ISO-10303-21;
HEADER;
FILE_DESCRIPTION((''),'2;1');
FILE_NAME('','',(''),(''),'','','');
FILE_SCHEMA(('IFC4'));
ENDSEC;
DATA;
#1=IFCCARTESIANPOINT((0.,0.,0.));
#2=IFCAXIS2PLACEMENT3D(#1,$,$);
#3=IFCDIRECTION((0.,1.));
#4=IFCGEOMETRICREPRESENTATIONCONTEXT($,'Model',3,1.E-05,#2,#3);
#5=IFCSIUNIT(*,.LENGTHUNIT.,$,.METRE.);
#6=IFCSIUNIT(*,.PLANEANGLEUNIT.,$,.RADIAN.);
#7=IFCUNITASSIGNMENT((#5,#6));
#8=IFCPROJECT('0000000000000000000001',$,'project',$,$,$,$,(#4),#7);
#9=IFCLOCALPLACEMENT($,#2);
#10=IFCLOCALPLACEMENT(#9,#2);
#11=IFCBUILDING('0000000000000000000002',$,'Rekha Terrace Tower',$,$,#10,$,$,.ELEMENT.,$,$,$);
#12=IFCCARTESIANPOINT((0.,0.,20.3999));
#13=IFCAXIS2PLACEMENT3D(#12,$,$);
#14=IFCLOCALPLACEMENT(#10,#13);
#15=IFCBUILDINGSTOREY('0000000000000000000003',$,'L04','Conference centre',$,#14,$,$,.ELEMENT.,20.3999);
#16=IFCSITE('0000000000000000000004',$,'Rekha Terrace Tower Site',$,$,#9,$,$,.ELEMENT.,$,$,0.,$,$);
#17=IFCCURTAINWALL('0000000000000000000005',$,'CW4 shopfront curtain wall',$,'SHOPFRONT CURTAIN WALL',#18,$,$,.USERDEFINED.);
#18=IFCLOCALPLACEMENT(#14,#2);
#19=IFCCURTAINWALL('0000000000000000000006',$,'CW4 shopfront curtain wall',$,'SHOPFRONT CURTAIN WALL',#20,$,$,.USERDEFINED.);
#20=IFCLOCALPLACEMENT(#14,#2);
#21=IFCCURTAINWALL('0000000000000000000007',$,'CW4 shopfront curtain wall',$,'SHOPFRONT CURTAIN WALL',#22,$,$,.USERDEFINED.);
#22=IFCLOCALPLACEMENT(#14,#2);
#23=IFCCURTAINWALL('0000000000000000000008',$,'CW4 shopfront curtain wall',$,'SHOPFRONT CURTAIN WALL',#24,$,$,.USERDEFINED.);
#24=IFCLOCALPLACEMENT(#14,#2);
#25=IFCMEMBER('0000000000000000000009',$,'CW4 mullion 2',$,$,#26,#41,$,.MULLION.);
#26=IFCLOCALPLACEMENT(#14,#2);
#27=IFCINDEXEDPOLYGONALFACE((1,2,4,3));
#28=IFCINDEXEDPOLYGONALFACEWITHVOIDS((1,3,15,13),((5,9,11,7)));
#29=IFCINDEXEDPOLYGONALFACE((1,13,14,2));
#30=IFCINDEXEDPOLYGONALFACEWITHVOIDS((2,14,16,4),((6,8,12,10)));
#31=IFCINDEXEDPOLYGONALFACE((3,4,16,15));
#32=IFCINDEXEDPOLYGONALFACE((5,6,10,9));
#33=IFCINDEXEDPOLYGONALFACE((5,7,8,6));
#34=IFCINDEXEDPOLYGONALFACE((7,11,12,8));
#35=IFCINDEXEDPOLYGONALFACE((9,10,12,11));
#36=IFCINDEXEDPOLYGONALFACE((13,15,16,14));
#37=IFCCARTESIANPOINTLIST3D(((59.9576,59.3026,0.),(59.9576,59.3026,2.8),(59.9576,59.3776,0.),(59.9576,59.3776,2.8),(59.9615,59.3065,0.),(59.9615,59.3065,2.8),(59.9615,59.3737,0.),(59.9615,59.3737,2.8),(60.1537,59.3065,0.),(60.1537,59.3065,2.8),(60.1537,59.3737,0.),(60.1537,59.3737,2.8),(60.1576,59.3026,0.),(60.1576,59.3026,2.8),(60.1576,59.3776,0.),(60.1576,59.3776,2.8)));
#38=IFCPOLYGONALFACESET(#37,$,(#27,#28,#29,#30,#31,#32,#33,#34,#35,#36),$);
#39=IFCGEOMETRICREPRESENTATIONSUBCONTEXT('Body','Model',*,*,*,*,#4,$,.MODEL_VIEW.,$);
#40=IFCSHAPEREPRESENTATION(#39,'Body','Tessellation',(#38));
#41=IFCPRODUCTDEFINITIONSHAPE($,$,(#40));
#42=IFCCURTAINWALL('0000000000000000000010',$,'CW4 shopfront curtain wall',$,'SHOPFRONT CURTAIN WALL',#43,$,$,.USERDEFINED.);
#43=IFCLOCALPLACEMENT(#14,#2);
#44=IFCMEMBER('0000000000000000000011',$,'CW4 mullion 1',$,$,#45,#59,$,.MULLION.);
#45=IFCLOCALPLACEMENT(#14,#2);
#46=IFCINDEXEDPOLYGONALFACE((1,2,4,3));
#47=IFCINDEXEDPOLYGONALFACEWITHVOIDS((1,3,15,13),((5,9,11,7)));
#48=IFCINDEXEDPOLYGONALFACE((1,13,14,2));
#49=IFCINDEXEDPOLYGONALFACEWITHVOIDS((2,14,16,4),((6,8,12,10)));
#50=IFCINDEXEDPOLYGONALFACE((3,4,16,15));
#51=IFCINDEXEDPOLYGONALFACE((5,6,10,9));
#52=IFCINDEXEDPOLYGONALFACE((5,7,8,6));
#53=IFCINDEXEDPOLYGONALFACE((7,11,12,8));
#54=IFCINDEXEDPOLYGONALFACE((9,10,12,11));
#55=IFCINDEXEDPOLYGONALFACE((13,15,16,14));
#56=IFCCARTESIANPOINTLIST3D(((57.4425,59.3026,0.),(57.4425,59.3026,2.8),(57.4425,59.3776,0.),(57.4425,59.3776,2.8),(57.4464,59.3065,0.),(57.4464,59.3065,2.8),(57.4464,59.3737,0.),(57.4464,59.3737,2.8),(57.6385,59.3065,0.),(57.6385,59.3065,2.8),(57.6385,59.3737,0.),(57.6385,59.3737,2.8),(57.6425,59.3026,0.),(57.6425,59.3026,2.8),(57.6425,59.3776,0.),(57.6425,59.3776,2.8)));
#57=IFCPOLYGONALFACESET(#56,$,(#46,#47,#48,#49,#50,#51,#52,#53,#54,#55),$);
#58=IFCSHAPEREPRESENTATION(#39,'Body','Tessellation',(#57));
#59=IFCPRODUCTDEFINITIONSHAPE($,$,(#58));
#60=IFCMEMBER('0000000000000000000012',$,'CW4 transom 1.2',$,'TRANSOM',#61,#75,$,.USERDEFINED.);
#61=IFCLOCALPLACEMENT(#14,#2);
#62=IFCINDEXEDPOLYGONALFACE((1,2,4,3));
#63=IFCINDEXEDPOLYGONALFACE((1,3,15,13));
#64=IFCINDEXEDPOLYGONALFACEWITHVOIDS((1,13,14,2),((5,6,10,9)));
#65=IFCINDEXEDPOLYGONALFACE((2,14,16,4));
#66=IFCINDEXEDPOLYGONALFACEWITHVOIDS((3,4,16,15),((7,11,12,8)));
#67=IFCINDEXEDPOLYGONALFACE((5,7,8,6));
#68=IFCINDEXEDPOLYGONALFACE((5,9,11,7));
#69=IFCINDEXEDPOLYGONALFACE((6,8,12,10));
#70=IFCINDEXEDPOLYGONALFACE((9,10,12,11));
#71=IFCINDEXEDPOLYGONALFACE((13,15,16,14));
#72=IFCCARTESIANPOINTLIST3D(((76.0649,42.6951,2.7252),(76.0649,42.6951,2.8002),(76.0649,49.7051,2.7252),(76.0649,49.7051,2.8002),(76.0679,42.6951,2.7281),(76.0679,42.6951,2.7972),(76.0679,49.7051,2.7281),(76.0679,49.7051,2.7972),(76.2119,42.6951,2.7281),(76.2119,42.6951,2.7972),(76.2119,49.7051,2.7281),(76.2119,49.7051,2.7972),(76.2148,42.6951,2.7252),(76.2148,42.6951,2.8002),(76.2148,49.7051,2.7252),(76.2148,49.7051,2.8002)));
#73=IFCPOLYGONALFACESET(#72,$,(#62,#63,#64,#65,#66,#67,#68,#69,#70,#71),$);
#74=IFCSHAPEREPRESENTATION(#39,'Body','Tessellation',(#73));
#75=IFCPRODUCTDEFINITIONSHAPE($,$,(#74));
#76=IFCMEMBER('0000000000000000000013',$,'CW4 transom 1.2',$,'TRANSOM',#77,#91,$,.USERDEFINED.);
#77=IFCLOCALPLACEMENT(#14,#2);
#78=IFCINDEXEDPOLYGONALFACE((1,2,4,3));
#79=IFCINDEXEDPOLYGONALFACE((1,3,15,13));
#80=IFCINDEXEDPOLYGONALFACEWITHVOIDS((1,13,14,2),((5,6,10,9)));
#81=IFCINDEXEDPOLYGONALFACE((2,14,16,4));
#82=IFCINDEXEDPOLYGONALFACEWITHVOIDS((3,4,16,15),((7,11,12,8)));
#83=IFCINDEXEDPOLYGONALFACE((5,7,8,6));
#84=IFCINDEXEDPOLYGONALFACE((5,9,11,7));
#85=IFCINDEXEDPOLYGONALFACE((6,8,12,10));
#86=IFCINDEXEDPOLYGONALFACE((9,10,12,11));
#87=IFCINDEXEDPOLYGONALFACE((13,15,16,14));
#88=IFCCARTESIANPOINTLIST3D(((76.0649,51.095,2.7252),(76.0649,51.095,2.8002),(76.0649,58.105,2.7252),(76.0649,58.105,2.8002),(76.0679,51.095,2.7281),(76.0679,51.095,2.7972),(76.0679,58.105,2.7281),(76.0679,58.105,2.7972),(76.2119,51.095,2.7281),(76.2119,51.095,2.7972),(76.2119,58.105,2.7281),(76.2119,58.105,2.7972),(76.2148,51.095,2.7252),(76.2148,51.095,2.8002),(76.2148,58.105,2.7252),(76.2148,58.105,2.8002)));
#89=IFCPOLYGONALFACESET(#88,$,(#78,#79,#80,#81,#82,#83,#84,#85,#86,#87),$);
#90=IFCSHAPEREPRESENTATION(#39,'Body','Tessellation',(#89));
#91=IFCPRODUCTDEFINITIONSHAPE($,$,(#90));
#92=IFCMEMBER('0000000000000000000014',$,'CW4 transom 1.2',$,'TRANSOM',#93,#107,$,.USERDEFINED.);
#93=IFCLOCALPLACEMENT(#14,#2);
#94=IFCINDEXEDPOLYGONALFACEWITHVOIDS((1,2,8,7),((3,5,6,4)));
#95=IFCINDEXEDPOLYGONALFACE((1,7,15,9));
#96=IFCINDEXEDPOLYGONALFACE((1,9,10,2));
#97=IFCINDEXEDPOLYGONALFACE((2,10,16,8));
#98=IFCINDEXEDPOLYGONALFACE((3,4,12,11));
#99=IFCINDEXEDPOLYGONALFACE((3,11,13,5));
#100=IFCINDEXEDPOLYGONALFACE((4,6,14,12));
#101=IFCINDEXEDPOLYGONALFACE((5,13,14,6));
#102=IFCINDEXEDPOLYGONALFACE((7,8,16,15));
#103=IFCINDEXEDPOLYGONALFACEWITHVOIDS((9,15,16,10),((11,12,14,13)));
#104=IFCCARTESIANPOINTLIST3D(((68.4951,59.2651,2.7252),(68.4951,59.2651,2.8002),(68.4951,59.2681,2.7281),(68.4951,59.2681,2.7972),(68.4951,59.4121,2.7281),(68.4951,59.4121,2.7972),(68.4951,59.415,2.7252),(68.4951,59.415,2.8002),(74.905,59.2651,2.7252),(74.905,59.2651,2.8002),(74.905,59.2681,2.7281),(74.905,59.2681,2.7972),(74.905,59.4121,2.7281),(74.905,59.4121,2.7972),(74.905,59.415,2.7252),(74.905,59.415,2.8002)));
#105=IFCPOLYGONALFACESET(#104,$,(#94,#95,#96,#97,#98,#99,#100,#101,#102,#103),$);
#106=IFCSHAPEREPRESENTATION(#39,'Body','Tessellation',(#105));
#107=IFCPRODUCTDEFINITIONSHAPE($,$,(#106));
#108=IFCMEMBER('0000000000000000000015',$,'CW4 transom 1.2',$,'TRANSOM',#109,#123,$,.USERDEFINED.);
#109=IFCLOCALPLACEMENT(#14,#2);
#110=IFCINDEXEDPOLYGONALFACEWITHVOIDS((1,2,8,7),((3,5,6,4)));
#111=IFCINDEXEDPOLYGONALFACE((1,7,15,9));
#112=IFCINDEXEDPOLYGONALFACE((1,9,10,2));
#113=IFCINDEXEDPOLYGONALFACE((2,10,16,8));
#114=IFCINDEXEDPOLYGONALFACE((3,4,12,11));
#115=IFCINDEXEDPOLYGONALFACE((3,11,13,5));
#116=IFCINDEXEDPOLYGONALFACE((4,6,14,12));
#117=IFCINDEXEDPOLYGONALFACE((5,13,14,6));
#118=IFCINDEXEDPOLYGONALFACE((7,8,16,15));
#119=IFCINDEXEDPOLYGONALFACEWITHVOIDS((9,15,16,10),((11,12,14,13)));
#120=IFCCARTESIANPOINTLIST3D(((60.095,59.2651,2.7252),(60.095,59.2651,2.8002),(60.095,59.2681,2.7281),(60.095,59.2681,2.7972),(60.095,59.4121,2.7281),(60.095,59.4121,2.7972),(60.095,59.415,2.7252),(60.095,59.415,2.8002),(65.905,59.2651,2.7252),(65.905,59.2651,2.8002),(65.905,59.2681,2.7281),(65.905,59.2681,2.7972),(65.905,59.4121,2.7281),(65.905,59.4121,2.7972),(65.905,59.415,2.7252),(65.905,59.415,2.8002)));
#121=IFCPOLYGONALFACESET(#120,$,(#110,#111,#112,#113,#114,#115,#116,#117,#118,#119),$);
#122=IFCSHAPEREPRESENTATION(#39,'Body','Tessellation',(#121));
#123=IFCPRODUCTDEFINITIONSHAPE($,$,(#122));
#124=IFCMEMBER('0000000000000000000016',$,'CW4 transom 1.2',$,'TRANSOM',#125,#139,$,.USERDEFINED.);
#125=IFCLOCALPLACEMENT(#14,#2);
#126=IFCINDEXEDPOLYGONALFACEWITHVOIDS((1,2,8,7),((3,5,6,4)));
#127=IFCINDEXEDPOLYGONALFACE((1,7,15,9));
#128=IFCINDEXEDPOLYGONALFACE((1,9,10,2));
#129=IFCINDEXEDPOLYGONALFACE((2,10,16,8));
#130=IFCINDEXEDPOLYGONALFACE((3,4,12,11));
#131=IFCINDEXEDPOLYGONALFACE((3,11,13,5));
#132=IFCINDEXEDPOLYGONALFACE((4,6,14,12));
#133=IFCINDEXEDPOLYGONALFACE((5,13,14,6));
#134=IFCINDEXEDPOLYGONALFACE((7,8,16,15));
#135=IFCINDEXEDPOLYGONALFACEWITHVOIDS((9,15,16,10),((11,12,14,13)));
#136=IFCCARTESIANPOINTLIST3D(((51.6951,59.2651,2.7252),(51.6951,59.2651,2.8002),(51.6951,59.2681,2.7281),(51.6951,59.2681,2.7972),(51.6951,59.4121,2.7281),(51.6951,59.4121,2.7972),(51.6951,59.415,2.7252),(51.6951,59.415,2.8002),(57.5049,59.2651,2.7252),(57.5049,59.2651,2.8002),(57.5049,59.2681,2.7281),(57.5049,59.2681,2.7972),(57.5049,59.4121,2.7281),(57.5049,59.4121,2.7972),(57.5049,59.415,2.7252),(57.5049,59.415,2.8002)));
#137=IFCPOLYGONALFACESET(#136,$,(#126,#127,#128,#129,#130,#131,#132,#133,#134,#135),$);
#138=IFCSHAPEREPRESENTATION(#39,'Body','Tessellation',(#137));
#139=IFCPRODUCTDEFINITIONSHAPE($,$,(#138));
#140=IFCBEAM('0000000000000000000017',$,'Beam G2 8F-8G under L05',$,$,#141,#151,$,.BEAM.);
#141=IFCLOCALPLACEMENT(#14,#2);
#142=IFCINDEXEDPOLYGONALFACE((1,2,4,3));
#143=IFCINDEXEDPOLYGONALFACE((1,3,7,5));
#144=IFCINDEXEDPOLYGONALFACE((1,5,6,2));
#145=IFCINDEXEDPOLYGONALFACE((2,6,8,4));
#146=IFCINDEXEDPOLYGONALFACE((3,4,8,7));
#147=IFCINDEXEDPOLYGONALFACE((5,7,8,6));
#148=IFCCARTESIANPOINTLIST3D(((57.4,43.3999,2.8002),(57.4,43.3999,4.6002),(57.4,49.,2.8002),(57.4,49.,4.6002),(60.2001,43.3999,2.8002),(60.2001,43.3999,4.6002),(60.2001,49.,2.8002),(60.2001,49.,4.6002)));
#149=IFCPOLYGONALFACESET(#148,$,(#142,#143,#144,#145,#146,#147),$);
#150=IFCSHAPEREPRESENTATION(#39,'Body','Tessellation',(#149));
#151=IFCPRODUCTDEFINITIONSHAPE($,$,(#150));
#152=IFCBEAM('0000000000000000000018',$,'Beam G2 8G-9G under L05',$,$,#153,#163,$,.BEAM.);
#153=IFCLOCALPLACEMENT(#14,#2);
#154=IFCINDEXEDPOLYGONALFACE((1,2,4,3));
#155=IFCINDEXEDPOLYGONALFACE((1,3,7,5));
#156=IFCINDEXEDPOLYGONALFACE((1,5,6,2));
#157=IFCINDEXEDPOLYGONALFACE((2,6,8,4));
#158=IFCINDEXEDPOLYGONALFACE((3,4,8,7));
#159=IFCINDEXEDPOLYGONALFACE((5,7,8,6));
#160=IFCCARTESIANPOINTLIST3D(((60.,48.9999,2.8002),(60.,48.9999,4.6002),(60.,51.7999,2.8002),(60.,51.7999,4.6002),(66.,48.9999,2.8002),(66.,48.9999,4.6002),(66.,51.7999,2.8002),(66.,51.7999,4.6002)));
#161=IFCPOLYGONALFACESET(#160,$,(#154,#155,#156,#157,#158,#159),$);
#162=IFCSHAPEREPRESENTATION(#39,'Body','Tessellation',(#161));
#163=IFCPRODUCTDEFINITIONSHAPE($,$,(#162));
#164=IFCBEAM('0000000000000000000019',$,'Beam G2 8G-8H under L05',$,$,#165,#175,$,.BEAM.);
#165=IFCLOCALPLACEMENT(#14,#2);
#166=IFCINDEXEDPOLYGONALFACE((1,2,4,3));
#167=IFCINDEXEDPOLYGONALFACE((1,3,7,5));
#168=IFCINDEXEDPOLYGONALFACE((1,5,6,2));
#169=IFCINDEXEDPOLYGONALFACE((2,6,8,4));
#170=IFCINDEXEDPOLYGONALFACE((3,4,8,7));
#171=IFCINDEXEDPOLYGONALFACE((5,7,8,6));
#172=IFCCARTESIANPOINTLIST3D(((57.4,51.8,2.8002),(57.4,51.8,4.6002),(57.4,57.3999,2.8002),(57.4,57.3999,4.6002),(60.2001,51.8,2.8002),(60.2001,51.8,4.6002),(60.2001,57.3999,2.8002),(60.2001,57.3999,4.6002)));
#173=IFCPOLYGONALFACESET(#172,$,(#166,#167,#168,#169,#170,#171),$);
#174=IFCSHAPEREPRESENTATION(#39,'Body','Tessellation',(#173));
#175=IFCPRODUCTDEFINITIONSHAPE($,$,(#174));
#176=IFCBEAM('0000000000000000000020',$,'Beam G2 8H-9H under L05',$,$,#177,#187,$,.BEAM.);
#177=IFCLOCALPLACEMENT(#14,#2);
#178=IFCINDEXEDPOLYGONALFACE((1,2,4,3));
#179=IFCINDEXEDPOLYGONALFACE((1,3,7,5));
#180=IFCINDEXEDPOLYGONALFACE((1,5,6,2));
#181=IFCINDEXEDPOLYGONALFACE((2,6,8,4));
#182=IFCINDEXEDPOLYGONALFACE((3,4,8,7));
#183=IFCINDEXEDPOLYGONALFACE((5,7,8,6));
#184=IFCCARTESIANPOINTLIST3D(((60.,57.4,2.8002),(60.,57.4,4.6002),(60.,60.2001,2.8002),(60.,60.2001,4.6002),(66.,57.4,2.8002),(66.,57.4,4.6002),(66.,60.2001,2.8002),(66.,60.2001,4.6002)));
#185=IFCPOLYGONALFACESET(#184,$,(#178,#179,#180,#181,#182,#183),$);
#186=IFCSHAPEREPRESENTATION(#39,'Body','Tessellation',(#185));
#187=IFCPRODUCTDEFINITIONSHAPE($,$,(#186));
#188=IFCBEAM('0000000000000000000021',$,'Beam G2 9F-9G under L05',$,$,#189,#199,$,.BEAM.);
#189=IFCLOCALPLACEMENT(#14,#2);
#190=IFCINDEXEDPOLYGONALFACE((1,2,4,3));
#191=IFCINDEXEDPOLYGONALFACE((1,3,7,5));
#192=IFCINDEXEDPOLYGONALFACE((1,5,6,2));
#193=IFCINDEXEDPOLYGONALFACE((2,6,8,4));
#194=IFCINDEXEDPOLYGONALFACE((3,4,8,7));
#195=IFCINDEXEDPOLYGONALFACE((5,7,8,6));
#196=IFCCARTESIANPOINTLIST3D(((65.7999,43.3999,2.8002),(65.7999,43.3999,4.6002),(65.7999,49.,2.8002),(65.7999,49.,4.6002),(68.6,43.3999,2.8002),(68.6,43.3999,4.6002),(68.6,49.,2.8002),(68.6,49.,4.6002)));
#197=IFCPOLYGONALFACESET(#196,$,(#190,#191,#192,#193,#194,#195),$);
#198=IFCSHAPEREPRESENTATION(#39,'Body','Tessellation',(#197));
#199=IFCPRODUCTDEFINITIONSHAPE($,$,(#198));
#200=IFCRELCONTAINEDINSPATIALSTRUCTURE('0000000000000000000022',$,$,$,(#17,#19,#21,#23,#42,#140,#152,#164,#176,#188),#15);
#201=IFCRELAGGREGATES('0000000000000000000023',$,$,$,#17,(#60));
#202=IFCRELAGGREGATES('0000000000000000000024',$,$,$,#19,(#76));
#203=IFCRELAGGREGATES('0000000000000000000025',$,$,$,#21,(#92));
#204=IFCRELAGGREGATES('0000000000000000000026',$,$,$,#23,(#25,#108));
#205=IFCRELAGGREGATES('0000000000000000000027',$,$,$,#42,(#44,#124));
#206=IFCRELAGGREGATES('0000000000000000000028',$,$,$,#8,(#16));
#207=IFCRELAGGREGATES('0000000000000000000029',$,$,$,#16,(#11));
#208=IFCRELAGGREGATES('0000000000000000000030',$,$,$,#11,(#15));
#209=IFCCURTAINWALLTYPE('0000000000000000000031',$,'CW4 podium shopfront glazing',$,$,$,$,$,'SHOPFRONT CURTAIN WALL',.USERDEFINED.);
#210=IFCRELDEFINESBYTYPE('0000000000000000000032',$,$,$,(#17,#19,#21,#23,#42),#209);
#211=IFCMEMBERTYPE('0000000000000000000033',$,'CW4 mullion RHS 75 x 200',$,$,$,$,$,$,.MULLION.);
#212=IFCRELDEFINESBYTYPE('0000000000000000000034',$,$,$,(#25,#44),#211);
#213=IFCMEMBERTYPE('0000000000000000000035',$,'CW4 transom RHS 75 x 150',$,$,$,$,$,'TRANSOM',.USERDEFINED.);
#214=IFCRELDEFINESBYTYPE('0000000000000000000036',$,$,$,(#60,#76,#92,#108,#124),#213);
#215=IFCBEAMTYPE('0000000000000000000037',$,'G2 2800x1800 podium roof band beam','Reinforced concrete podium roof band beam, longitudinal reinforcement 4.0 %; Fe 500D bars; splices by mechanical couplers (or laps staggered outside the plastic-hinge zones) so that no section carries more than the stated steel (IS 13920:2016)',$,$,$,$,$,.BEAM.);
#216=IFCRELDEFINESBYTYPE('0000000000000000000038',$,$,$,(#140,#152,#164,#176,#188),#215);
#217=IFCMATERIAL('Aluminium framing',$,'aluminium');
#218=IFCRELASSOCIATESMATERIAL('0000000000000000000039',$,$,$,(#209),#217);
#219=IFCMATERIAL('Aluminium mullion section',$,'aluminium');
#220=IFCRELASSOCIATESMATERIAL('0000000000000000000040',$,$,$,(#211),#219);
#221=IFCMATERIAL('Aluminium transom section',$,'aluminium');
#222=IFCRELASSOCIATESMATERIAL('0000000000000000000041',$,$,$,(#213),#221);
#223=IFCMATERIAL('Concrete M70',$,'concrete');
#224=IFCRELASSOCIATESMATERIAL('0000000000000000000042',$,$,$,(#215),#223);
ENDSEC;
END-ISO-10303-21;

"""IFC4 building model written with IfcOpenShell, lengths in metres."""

from ifc_helpers import new_model, si_unit, direction, frame, origin, origin_2d, place, context, subcontext, project, spatial, rectangle, hollow_rectangle, extrude, material, material_profile, profile_set, type_object, element, aggregate, save


model = new_model("IFC4")

# Units and contexts
model_context = context("Model", 3, precision=1e-05, world=origin(), true_north=direction((0.0, 1.0)))
body_context = subcontext(model_context, "Body", "Model", "MODEL_VIEW")
ifc_project = project(units=[si_unit("LENGTHUNIT", "METRE"), si_unit("PLANEANGLEUNIT", "RADIAN")], contexts=[model_context])

# Site, building, storey
site_placement = place(None, origin())
site = spatial("IfcSite", under=ifc_project, at=site_placement, Name="Rekha Terrace Tower Site", CompositionType="ELEMENT", RefElevation=0.0)
building_placement = place(site_placement, origin())
building = spatial("IfcBuilding", under=site, at=building_placement, Name="Rekha Terrace Tower", CompositionType="ELEMENT")
storey_placement = place(building_placement, frame((0.0, 0.0, 20.3999)))
storey = spatial("IfcBuildingStorey", under=building, at=storey_placement, Name="L04", Description="Conference centre", CompositionType="ELEMENT", Elevation=20.3999)

# Shared definitions
ifc_material_1 = material(Name="Concrete M70", Category="concrete")

# Curtain walls, member
ifc_material_2 = material(Name="Aluminium framing", Category="aluminium")
curtain_wall_type = type_object("IfcCurtainWallType", Name="CW4 podium shopfront glazing", ElementType="SHOPFRONT CURTAIN WALL", PredefinedType="USERDEFINED", material=ifc_material_2)
curtain_wall_1_placement = place(storey_placement, origin())
curtain_wall_1 = element("IfcCurtainWall", 1, at=curtain_wall_1_placement, inside=storey, type_object=curtain_wall_type, Name="CW4 shopfront curtain wall", ObjectType="SHOPFRONT CURTAIN WALL", PredefinedType="USERDEFINED")
ifc_material_3 = material(Name="Aluminium mullion section", Category="aluminium")
ifc_material_profile_1 = material_profile(ifc_material_3, hollow_rectangle(XDim=0.075, YDim=0.2, WallThickness=0.0039, at=origin_2d()), Name="AL RHS 75x200")
ifc_profile_set_1 = profile_set([ifc_material_profile_1], Name="Aluminium mullion section")
member_type_1 = type_object("IfcMemberType", Name="CW4 mullion RHS 75 x 200", PredefinedType="MULLION", material=ifc_profile_set_1)
curtain_wall_2_placement = place(storey_placement, origin())
curtain_wall_2 = element("IfcCurtainWall", 2, at=curtain_wall_2_placement, inside=storey, type_object=curtain_wall_type, Name="CW4 shopfront curtain wall", ObjectType="SHOPFRONT CURTAIN WALL", PredefinedType="USERDEFINED")
curtain_wall_3_placement = place(storey_placement, origin())
curtain_wall_3 = element("IfcCurtainWall", 3, at=curtain_wall_3_placement, inside=storey, type_object=curtain_wall_type, Name="CW4 shopfront curtain wall", ObjectType="SHOPFRONT CURTAIN WALL", PredefinedType="USERDEFINED")
curtain_wall_4_placement = place(storey_placement, origin())
curtain_wall_4 = element("IfcCurtainWall", 4, at=curtain_wall_4_placement, inside=storey, type_object=curtain_wall_type, Name="CW4 shopfront curtain wall", ObjectType="SHOPFRONT CURTAIN WALL", PredefinedType="USERDEFINED")
member_1_placement = place(storey_placement, frame((60.0576, 59.3401, 0.0), z_axis=(0.0, 0.0, 1.0), x_axis=(0.0, -1.0, 0.0)))
member_1 = element("IfcMember", 5, at=member_1_placement, type_object=member_type_1, Name="CW4 mullion 2", PredefinedType="MULLION", context=body_context, shape_type="SweptSolid", body=[
    extrude(hollow_rectangle(XDim=0.075, YDim=0.2, WallThickness=0.0039, at=origin_2d()), origin(), (0.0, 0.0, 1.0), 2.8),
])

# Curtain wall, member
curtain_wall_5_placement = place(storey_placement, origin())
curtain_wall_5 = element("IfcCurtainWall", 6, at=curtain_wall_5_placement, inside=storey, type_object=curtain_wall_type, Name="CW4 shopfront curtain wall", ObjectType="SHOPFRONT CURTAIN WALL", PredefinedType="USERDEFINED")
member_2_placement = place(storey_placement, frame((57.5425, 59.3401, 0.0), z_axis=(0.0, 0.0, 1.0), x_axis=(0.0, -1.0, 0.0)))
member_2 = element("IfcMember", 7, at=member_2_placement, type_object=member_type_1, Name="CW4 mullion 1", PredefinedType="MULLION", context=body_context, shape_type="SweptSolid", body=[
    extrude(hollow_rectangle(XDim=0.075, YDim=0.2, WallThickness=0.0039, at=origin_2d()), origin(), (0.0, 0.0, 1.0), 2.8),
])

# Members
ifc_material_4 = material(Name="Aluminium transom section", Category="aluminium")
ifc_material_profile_2 = material_profile(ifc_material_4, hollow_rectangle(XDim=0.1499, YDim=0.075, WallThickness=0.0029, at=origin_2d()), Name="AL RHS 150x75")
ifc_profile_set_2 = profile_set([ifc_material_profile_2], Name="Aluminium transom section")
member_type_2 = type_object("IfcMemberType", Name="CW4 transom RHS 75 x 150", ElementType="TRANSOM", PredefinedType="USERDEFINED", material=ifc_profile_set_2)
member_3_placement = place(storey_placement, frame((76.1399, 42.6951, 2.7627), z_axis=(0.0, 1.0, 0.0), x_axis=(-1.0, 0.0, 0.0)))
member_3 = element("IfcMember", 8, at=member_3_placement, type_object=member_type_2, Name="CW4 transom 1.2", ObjectType="TRANSOM", PredefinedType="USERDEFINED", context=body_context, shape_type="SweptSolid", body=[
    extrude(hollow_rectangle(XDim=0.1499, YDim=0.075, WallThickness=0.0029, at=origin_2d()), origin(), (0.0, 0.0, 1.0), 7.01),
])
member_4_placement = place(storey_placement, frame((76.1399, 51.095, 2.7627), z_axis=(0.0, 1.0, 0.0), x_axis=(-1.0, 0.0, 0.0)))
member_4 = element("IfcMember", 9, at=member_4_placement, type_object=member_type_2, Name="CW4 transom 1.2", ObjectType="TRANSOM", PredefinedType="USERDEFINED", context=body_context, shape_type="SweptSolid", body=[
    extrude(hollow_rectangle(XDim=0.1499, YDim=0.075, WallThickness=0.0029, at=origin_2d()), origin(), (0.0, 0.0, 1.0), 7.01),
])
member_5_placement = place(storey_placement, frame((74.905, 59.3401, 2.7627), z_axis=(-1.0, 0.0, 0.0), x_axis=(0.0, -1.0, 0.0)))
member_5 = element("IfcMember", 10, at=member_5_placement, type_object=member_type_2, Name="CW4 transom 1.2", ObjectType="TRANSOM", PredefinedType="USERDEFINED", context=body_context, shape_type="SweptSolid", body=[
    extrude(hollow_rectangle(XDim=0.1499, YDim=0.075, WallThickness=0.0029, at=origin_2d()), origin(), (0.0, 0.0, 1.0), 6.4099),
])
member_6_placement = place(storey_placement, frame((65.905, 59.3401, 2.7627), z_axis=(-1.0, 0.0, 0.0), x_axis=(0.0, -1.0, 0.0)))
member_6 = element("IfcMember", 11, at=member_6_placement, type_object=member_type_2, Name="CW4 transom 1.2", ObjectType="TRANSOM", PredefinedType="USERDEFINED", context=body_context, shape_type="SweptSolid", body=[
    extrude(hollow_rectangle(XDim=0.1499, YDim=0.075, WallThickness=0.0029, at=origin_2d()), origin(), (0.0, 0.0, 1.0), 5.8101),
])
member_7_placement = place(storey_placement, frame((57.5049, 59.3401, 2.7627), z_axis=(-1.0, 0.0, 0.0), x_axis=(0.0, -1.0, 0.0)))
member_7 = element("IfcMember", 12, at=member_7_placement, type_object=member_type_2, Name="CW4 transom 1.2", ObjectType="TRANSOM", PredefinedType="USERDEFINED", context=body_context, shape_type="SweptSolid", body=[
    extrude(hollow_rectangle(XDim=0.1499, YDim=0.075, WallThickness=0.0029, at=origin_2d()), origin(), (0.0, 0.0, 1.0), 5.8098),
])

# Beams
ifc_material_profile_3 = material_profile(ifc_material_1, rectangle(XDim=2.8, YDim=1.8, at=origin_2d()), Name="RC 2800x1800")
ifc_profile_set_3 = profile_set([ifc_material_profile_3], Name="Concrete M70")
beam_type = type_object("IfcBeamType", Name="G2 2800x1800 podium roof band beam", Description="Reinforced concrete podium roof band beam, longitudinal reinforcement 4.0 %; Fe 500D bars; splices by mechanical couplers (or laps staggered outside the plastic-hinge zones) so that no section carries more than the stated steel (IS 13920:2016)", PredefinedType="BEAM", material=ifc_profile_set_3)
beam_1_placement = place(storey_placement, frame((58.8, 43.3999, 3.7002), z_axis=(0.0, 1.0, 0.0), x_axis=(-1.0, 0.0, 0.0)))
element("IfcBeam", 13, at=beam_1_placement, inside=storey, type_object=beam_type, Name="Beam G2 8F-8G under L05", PredefinedType="BEAM", context=body_context, shape_type="SweptSolid", body=[
    extrude(rectangle(XDim=2.8, YDim=1.8, at=origin_2d()), origin(), (0.0, 0.0, 1.0), 5.6001),
])
beam_2_placement = place(storey_placement, frame((60.0, 50.3999, 3.7002), z_axis=(1.0, 0.0, 0.0), x_axis=(0.0, 1.0, 0.0)))
element("IfcBeam", 14, at=beam_2_placement, inside=storey, type_object=beam_type, Name="Beam G2 8G-9G under L05", PredefinedType="BEAM", context=body_context, shape_type="SweptSolid", body=[
    extrude(rectangle(XDim=2.8, YDim=1.8, at=origin_2d()), origin(), (0.0, 0.0, 1.0), 6.0),
])
beam_3_placement = place(storey_placement, frame((58.8, 51.8, 3.7002), z_axis=(0.0, 1.0, 0.0), x_axis=(-1.0, 0.0, 0.0)))
element("IfcBeam", 15, at=beam_3_placement, inside=storey, type_object=beam_type, Name="Beam G2 8G-8H under L05", PredefinedType="BEAM", context=body_context, shape_type="SweptSolid", body=[
    extrude(rectangle(XDim=2.8, YDim=1.8, at=origin_2d()), origin(), (0.0, 0.0, 1.0), 5.5999),
])
beam_4_placement = place(storey_placement, frame((60.0, 58.8, 3.7002), z_axis=(1.0, 0.0, 0.0), x_axis=(0.0, 1.0, 0.0)))
element("IfcBeam", 16, at=beam_4_placement, inside=storey, type_object=beam_type, Name="Beam G2 8H-9H under L05", PredefinedType="BEAM", context=body_context, shape_type="SweptSolid", body=[
    extrude(rectangle(XDim=2.8, YDim=1.8, at=origin_2d()), origin(), (0.0, 0.0, 1.0), 6.0),
])
beam_5_placement = place(storey_placement, frame((67.2, 43.3999, 3.7002), z_axis=(0.0, 1.0, 0.0), x_axis=(-1.0, 0.0, 0.0)))
element("IfcBeam", 17, at=beam_5_placement, inside=storey, type_object=beam_type, Name="Beam G2 9F-9G under L05", PredefinedType="BEAM", context=body_context, shape_type="SweptSolid", body=[
    extrude(rectangle(XDim=2.8, YDim=1.8, at=origin_2d()), origin(), (0.0, 0.0, 1.0), 5.6001),
])

aggregate(curtain_wall_1, [member_3])
aggregate(curtain_wall_2, [member_4])
aggregate(curtain_wall_3, [member_5])
aggregate(curtain_wall_4, [member_1, member_6])
aggregate(curtain_wall_5, [member_2, member_7])

save(model, "model.ifc")
